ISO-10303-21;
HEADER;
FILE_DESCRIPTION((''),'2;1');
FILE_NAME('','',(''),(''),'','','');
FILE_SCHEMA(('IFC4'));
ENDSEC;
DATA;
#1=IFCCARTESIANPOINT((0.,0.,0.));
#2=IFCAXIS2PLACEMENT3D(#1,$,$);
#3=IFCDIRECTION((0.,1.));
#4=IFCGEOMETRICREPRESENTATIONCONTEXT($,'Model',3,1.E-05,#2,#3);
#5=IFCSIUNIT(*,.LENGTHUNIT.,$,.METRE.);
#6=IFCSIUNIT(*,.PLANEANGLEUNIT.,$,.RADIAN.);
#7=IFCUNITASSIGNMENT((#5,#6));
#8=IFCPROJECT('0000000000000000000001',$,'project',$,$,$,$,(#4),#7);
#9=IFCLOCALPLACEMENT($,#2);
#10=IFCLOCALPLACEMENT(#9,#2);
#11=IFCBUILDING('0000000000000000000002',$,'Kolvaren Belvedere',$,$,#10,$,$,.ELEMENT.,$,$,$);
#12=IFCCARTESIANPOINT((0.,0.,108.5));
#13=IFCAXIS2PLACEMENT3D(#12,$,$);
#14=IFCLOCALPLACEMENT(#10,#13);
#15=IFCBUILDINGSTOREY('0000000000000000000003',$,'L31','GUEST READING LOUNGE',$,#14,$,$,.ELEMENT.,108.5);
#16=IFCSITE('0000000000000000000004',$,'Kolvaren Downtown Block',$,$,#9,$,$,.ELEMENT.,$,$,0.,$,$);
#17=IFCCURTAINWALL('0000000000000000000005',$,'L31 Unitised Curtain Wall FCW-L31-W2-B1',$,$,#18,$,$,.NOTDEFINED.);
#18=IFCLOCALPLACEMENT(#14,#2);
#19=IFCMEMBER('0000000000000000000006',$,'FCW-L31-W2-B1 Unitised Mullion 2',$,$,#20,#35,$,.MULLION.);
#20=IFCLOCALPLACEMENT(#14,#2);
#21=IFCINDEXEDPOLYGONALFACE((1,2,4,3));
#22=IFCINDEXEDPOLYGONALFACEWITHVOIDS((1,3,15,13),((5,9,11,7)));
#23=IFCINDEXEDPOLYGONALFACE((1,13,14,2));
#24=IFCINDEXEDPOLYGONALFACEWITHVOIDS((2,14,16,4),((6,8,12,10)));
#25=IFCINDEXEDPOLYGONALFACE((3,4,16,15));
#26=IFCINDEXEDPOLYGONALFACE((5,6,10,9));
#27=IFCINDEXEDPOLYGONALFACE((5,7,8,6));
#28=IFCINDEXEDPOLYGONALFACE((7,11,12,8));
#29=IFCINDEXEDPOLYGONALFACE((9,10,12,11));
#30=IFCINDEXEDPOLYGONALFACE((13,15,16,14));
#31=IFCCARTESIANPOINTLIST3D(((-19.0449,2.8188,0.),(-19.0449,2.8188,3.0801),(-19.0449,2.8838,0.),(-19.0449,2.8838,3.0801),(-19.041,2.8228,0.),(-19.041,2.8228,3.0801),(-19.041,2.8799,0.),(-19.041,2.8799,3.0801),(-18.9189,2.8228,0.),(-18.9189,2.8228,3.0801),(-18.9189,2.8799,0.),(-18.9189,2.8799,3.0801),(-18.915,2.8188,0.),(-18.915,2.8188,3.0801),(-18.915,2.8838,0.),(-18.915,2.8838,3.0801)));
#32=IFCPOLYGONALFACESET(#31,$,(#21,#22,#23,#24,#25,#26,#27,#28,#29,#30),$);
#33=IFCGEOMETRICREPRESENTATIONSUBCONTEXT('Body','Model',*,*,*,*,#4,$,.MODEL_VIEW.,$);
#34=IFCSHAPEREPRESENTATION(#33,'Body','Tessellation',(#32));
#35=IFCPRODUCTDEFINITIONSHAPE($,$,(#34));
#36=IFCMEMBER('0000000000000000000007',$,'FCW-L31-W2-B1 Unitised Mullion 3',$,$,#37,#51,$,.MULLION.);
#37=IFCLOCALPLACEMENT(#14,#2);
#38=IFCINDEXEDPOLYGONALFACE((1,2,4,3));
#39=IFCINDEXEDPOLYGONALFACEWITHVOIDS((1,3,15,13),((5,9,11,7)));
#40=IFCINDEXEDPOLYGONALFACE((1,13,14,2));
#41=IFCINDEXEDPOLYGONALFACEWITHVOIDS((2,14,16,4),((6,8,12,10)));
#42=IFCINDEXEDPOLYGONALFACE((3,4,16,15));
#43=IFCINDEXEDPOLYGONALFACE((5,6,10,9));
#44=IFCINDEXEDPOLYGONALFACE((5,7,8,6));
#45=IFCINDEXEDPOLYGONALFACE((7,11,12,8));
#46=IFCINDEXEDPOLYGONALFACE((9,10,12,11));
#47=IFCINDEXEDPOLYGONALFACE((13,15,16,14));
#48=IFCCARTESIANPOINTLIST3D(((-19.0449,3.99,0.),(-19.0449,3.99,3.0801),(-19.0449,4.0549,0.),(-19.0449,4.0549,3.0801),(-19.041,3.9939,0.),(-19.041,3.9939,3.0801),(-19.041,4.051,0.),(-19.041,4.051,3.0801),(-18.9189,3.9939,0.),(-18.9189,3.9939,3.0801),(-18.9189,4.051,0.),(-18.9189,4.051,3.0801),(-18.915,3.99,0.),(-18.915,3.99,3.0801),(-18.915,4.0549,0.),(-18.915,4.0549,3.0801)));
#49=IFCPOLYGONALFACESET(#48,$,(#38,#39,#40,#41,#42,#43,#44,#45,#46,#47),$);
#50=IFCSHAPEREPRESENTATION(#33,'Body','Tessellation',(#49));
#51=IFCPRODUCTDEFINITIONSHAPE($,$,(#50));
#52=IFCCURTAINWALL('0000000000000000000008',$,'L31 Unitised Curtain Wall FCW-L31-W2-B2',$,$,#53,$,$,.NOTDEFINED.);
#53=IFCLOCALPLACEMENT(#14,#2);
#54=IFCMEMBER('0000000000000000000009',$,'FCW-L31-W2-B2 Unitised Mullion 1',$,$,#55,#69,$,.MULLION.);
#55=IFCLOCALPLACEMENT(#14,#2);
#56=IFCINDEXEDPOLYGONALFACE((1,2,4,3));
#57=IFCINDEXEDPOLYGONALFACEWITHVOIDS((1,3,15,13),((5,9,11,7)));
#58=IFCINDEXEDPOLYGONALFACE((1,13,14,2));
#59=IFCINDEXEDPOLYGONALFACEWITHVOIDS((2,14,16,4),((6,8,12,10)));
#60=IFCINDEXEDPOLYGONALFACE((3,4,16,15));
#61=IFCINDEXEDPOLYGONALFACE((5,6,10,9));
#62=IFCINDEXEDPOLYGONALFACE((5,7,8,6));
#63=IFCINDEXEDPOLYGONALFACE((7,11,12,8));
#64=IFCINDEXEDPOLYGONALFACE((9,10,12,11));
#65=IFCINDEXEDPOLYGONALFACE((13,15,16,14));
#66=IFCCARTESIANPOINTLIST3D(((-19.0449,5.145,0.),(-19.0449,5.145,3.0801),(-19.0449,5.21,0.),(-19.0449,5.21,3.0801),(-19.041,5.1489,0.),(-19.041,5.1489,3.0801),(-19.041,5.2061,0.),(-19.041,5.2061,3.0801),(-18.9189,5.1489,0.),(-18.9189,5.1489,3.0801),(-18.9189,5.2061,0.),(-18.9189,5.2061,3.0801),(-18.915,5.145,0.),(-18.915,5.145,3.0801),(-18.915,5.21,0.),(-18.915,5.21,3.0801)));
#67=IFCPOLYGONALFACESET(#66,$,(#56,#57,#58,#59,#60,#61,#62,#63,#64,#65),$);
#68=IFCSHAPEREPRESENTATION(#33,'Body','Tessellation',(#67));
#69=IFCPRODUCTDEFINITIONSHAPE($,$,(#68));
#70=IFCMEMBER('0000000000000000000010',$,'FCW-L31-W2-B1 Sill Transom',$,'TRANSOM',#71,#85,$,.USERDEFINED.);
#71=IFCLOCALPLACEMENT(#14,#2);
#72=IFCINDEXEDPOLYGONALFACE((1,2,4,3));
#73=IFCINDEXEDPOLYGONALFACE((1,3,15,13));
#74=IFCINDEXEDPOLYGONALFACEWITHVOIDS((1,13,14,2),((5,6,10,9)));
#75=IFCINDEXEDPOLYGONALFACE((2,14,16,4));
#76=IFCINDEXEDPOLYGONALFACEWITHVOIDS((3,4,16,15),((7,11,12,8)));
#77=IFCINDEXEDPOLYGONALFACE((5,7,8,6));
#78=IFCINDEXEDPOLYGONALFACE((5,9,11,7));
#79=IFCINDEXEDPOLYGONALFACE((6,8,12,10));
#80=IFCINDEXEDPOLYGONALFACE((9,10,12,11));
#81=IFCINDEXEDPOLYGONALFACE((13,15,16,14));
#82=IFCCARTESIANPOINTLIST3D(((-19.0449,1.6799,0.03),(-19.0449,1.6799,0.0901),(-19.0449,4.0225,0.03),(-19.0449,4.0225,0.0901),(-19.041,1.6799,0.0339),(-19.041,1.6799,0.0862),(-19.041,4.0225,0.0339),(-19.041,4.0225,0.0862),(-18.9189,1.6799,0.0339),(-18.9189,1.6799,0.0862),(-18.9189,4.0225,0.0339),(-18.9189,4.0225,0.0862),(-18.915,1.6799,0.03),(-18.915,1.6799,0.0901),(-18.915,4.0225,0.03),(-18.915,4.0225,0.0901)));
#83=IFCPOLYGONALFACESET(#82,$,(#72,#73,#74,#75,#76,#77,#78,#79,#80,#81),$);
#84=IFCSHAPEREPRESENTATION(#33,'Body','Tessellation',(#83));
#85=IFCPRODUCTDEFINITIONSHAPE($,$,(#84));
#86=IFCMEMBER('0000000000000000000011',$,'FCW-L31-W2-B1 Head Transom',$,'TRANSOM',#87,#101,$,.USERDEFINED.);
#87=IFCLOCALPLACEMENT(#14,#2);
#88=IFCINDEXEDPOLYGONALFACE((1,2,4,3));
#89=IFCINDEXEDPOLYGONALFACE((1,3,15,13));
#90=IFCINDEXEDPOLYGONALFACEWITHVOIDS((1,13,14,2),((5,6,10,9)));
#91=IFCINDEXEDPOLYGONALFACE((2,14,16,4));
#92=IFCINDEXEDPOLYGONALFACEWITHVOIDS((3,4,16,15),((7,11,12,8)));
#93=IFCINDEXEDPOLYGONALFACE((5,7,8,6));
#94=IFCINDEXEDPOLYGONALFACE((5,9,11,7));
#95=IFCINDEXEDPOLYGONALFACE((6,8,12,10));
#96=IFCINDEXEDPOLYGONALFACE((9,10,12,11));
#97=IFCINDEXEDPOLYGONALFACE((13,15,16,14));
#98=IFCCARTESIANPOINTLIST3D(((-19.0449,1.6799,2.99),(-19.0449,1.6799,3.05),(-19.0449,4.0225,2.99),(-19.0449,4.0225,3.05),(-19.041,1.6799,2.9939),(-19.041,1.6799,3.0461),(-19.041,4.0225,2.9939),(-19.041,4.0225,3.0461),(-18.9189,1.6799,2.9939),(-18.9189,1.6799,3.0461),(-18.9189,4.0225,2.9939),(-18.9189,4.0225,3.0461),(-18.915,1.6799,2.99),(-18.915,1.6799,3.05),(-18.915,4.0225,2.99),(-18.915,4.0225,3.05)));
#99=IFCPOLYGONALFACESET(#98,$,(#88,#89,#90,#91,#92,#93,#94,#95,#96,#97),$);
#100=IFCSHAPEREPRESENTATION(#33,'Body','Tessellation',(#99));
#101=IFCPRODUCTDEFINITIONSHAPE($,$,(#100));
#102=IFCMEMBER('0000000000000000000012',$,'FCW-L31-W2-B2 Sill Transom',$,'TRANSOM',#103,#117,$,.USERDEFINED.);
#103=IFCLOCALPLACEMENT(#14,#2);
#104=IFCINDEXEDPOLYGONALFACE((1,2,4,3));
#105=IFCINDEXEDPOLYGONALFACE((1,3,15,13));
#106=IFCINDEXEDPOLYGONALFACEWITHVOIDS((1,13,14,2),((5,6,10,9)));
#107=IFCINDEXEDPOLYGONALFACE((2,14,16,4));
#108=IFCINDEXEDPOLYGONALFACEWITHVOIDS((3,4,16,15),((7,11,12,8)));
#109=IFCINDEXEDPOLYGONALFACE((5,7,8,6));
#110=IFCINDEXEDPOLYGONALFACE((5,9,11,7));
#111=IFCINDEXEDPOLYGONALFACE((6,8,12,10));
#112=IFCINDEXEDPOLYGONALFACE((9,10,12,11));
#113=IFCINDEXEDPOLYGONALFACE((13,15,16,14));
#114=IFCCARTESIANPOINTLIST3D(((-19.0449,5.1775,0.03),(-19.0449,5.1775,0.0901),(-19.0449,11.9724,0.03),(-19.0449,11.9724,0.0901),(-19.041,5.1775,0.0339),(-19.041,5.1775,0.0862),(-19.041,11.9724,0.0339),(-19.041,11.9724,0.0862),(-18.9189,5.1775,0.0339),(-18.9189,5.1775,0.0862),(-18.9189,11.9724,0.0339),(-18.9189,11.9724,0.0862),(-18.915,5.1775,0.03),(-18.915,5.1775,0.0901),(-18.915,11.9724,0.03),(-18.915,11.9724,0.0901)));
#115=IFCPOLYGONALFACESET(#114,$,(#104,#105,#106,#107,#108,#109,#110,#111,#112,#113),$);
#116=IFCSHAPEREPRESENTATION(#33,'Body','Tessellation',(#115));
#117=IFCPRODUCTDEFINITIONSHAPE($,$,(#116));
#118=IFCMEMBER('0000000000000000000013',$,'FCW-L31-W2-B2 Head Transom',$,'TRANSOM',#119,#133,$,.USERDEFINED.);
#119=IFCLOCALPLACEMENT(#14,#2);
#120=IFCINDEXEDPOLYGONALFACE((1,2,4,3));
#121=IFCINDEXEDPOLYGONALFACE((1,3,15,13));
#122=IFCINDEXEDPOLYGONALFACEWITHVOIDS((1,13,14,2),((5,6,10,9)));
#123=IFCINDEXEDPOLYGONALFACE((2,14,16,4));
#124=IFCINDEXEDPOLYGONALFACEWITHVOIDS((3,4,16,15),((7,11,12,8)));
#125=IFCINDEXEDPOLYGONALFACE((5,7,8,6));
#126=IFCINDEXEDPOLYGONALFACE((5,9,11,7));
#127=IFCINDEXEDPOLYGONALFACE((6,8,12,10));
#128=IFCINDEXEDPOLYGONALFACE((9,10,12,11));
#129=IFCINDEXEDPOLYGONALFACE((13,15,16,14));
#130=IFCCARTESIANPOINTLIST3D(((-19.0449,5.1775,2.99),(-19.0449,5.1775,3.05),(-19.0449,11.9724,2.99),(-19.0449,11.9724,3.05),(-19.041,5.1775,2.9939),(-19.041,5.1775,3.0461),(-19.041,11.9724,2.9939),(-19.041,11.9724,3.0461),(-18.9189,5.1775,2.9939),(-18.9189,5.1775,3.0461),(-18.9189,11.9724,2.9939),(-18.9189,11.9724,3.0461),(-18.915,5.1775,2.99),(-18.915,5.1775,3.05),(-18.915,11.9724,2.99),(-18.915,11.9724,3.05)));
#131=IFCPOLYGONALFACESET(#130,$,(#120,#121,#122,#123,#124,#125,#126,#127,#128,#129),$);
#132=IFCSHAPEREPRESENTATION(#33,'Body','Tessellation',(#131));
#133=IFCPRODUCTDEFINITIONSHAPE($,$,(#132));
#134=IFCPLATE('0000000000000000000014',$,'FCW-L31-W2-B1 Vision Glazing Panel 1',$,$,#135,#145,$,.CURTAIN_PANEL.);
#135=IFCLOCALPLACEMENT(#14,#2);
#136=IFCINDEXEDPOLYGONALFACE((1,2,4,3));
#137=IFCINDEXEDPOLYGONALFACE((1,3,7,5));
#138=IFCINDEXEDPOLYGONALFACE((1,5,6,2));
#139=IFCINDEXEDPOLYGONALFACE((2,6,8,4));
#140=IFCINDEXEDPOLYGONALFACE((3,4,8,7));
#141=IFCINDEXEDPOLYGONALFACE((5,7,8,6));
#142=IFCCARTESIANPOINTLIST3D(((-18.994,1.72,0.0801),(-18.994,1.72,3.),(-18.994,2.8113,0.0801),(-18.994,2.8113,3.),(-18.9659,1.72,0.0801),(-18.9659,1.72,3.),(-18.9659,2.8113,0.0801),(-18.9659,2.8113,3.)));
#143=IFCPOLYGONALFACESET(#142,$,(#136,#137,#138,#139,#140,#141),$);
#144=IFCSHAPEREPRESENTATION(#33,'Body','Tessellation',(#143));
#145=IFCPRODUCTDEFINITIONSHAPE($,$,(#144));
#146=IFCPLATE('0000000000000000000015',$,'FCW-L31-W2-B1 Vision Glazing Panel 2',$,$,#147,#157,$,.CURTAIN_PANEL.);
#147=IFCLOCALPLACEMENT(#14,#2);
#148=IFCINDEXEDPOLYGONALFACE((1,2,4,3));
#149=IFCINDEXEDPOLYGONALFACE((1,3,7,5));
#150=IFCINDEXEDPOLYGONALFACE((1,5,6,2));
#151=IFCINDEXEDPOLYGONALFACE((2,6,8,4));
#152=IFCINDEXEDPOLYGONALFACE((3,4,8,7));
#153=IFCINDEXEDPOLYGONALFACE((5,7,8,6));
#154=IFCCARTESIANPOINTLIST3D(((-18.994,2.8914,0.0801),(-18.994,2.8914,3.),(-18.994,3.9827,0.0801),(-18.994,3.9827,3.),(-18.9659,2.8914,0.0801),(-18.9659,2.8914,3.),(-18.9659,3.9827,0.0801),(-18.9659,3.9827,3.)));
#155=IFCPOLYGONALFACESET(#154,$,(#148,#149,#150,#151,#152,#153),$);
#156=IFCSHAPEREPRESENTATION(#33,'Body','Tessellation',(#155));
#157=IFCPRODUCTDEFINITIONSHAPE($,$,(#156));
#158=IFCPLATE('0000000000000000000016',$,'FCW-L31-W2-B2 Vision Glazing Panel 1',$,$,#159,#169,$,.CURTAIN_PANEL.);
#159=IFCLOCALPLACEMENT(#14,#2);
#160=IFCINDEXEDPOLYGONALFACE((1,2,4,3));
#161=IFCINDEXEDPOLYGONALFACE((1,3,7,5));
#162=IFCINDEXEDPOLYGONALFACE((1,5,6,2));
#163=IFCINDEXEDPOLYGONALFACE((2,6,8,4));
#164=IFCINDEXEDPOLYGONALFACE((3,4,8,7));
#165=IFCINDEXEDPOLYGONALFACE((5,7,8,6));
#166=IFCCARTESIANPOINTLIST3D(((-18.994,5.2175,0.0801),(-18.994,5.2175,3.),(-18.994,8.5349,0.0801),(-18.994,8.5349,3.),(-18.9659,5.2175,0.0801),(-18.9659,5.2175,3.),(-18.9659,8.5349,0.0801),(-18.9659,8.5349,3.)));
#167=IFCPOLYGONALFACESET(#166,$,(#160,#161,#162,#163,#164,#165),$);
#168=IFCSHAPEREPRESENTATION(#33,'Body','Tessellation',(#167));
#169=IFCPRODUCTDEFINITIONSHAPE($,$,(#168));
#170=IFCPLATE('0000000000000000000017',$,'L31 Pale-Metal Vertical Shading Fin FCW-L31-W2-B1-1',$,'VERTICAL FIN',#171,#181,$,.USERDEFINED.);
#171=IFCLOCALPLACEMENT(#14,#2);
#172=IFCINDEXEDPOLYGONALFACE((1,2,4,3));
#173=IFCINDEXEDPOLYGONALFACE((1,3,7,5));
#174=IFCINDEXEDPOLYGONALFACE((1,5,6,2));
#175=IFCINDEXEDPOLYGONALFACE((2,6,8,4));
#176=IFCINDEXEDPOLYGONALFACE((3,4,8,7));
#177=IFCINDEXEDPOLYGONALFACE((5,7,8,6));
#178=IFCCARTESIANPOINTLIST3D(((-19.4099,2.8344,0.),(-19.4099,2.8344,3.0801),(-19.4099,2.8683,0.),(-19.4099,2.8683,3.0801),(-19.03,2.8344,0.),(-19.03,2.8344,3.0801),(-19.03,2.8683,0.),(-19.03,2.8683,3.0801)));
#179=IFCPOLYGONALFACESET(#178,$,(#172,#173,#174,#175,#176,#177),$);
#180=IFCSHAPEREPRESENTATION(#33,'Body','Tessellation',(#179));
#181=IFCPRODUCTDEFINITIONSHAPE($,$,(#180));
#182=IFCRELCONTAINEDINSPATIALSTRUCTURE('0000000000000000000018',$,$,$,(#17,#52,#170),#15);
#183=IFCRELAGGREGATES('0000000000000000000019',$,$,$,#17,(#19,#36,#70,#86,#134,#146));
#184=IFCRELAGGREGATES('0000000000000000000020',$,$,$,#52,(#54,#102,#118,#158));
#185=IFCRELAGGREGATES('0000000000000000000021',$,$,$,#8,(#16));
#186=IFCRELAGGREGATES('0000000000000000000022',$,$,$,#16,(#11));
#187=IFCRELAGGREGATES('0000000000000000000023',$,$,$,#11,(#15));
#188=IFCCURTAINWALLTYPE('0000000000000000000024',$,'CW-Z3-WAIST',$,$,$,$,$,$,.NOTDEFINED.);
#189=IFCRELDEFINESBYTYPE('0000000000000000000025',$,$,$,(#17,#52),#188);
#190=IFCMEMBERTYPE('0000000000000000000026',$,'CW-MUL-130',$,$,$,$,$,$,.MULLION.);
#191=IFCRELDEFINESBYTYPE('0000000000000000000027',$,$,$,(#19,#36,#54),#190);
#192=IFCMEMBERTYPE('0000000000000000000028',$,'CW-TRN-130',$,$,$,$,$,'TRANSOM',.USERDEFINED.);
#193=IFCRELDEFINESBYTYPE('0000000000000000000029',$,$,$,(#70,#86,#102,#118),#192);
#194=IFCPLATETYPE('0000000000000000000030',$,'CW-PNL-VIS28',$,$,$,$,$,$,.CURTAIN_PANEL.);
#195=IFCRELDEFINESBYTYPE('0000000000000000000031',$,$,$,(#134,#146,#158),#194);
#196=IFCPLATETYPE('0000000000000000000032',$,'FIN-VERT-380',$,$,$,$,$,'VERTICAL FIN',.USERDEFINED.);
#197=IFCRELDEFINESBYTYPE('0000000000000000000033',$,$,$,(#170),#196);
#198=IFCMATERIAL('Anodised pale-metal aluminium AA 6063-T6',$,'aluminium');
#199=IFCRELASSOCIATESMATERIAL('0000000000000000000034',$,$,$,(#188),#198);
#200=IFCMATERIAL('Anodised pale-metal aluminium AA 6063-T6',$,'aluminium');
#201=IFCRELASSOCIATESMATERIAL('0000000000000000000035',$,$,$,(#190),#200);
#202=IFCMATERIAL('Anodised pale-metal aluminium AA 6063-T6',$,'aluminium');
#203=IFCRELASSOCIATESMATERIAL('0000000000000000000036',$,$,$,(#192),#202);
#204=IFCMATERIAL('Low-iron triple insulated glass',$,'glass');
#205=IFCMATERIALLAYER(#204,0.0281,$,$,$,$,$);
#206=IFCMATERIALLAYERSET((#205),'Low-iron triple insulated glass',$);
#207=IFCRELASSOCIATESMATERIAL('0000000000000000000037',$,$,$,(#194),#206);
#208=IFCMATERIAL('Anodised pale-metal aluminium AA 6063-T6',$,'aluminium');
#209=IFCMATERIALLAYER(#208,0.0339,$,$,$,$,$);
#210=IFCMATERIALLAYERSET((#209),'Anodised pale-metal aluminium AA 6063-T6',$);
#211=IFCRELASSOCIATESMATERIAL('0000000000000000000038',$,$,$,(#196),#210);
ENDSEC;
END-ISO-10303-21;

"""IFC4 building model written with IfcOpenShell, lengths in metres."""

from ifc_helpers import new_model, si_unit, direction, frame, origin, origin_2d, place, context, subcontext, project, spatial, rectangle, hollow_rectangle, extrude, material, layer, layer_set, material_profile, profile_set, type_object, element, aggregate, save


model = new_model("IFC4")

# Units and contexts
model_context = context("Model", 3, precision=1e-05, world=origin(), true_north=direction((0.0, 1.0)))
body_context = subcontext(model_context, "Body", "Model", "MODEL_VIEW")
ifc_project = project(units=[si_unit("LENGTHUNIT", "METRE"), si_unit("PLANEANGLEUNIT", "RADIAN")], contexts=[model_context])

# Site, building, storey
site_placement = place(None, origin())
site = spatial("IfcSite", under=ifc_project, at=site_placement, Name="Kolvaren Downtown Block", CompositionType="ELEMENT", RefElevation=0.0)
building_placement = place(site_placement, origin())
building = spatial("IfcBuilding", under=site, at=building_placement, Name="Kolvaren Belvedere", CompositionType="ELEMENT")
storey_placement = place(building_placement, frame((0.0, 0.0, 108.5)))
storey = spatial("IfcBuildingStorey", under=building, at=storey_placement, Name="L31", Description="GUEST READING LOUNGE", CompositionType="ELEMENT", Elevation=108.5)

# Curtain wall, members
ifc_material_1 = material(Name="Anodised pale-metal aluminium AA 6063-T6", Category="aluminium")
curtain_wall_type = type_object("IfcCurtainWallType", Name="CW-Z3-WAIST", PredefinedType="NOTDEFINED", material=ifc_material_1)
curtain_wall_1_placement = place(storey_placement, origin())
curtain_wall_1 = element("IfcCurtainWall", 1, at=curtain_wall_1_placement, inside=storey, type_object=curtain_wall_type, Name="L31 Unitised Curtain Wall FCW-L31-W2-B1", PredefinedType="NOTDEFINED")
ifc_material_2 = material(Name="Anodised pale-metal aluminium AA 6063-T6", Category="aluminium")
ifc_material_profile_1 = material_profile(ifc_material_2, hollow_rectangle(XDim=0.0649, YDim=0.1299, WallThickness=0.0039, at=origin_2d()), Name="ALU-MUL-130X65")
ifc_profile_set_1 = profile_set([ifc_material_profile_1], Name="Anodised pale-metal aluminium AA 6063-T6")
member_type_1 = type_object("IfcMemberType", Name="CW-MUL-130", PredefinedType="MULLION", material=ifc_profile_set_1)
member_1_placement = place(storey_placement, frame((-18.98, 2.8513, 0.0), z_axis=(0.0, 0.0, 1.0), x_axis=(0.0, 1.0, 0.0)))
member_1 = element("IfcMember", 2, at=member_1_placement, type_object=member_type_1, Name="FCW-L31-W2-B1 Unitised Mullion 2", PredefinedType="MULLION", context=body_context, shape_type="SweptSolid", body=[
    extrude(hollow_rectangle(XDim=0.0649, YDim=0.1299, WallThickness=0.0039, at=origin_2d()), origin(), (0.0, 0.0, 1.0), 3.0801),
])
member_2_placement = place(storey_placement, frame((-18.98, 4.0225, 0.0), z_axis=(0.0, 0.0, 1.0), x_axis=(0.0, 1.0, 0.0)))
member_2 = element("IfcMember", 3, at=member_2_placement, type_object=member_type_1, Name="FCW-L31-W2-B1 Unitised Mullion 3", PredefinedType="MULLION", context=body_context, shape_type="SweptSolid", body=[
    extrude(hollow_rectangle(XDim=0.0649, YDim=0.1299, WallThickness=0.0039, at=origin_2d()), origin(), (0.0, 0.0, 1.0), 3.0801),
])

# Curtain wall, member
curtain_wall_2_placement = place(storey_placement, origin())
curtain_wall_2 = element("IfcCurtainWall", 4, at=curtain_wall_2_placement, inside=storey, type_object=curtain_wall_type, Name="L31 Unitised Curtain Wall FCW-L31-W2-B2", PredefinedType="NOTDEFINED")
member_3_placement = place(storey_placement, frame((-18.98, 5.1775, 0.0), z_axis=(0.0, 0.0, 1.0), x_axis=(0.0, 1.0, 0.0)))
member_3 = element("IfcMember", 5, at=member_3_placement, type_object=member_type_1, Name="FCW-L31-W2-B2 Unitised Mullion 1", PredefinedType="MULLION", context=body_context, shape_type="SweptSolid", body=[
    extrude(hollow_rectangle(XDim=0.0649, YDim=0.1299, WallThickness=0.0039, at=origin_2d()), origin(), (0.0, 0.0, 1.0), 3.0801),
])

# Members
ifc_material_3 = material(Name="Anodised pale-metal aluminium AA 6063-T6", Category="aluminium")
ifc_material_profile_2 = material_profile(ifc_material_3, hollow_rectangle(XDim=0.0601, YDim=0.1299, WallThickness=0.0039, at=origin_2d()), Name="ALU-TRN-130X60")
ifc_profile_set_2 = profile_set([ifc_material_profile_2], Name="Anodised pale-metal aluminium AA 6063-T6")
member_type_2 = type_object("IfcMemberType", Name="CW-TRN-130", ElementType="TRANSOM", PredefinedType="USERDEFINED", material=ifc_profile_set_2)
member_4_placement = place(storey_placement, frame((-18.98, 1.6799, 0.0601), z_axis=(0.0, 1.0, 0.0), x_axis=(0.0, 0.0, 1.0)))
member_4 = element("IfcMember", 6, at=member_4_placement, type_object=member_type_2, Name="FCW-L31-W2-B1 Sill Transom", ObjectType="TRANSOM", PredefinedType="USERDEFINED", context=body_context, shape_type="SweptSolid", body=[
    extrude(hollow_rectangle(XDim=0.0601, YDim=0.1299, WallThickness=0.0039, at=origin_2d()), origin(), (0.0, 0.0, 1.0), 2.3425),
])
member_5_placement = place(storey_placement, frame((-18.98, 1.6799, 3.02), z_axis=(0.0, 1.0, 0.0), x_axis=(0.0, 0.0, 1.0)))
member_5 = element("IfcMember", 7, at=member_5_placement, type_object=member_type_2, Name="FCW-L31-W2-B1 Head Transom", ObjectType="TRANSOM", PredefinedType="USERDEFINED", context=body_context, shape_type="SweptSolid", body=[
    extrude(hollow_rectangle(XDim=0.0601, YDim=0.1299, WallThickness=0.0039, at=origin_2d()), origin(), (0.0, 0.0, 1.0), 2.3425),
])
member_6_placement = place(storey_placement, frame((-18.98, 5.1775, 0.0601), z_axis=(0.0, 1.0, 0.0), x_axis=(0.0, 0.0, 1.0)))
member_6 = element("IfcMember", 8, at=member_6_placement, type_object=member_type_2, Name="FCW-L31-W2-B2 Sill Transom", ObjectType="TRANSOM", PredefinedType="USERDEFINED", context=body_context, shape_type="SweptSolid", body=[
    extrude(hollow_rectangle(XDim=0.0601, YDim=0.1299, WallThickness=0.0039, at=origin_2d()), origin(), (0.0, 0.0, 1.0), 6.7949),
])
member_7_placement = place(storey_placement, frame((-18.98, 5.1775, 3.02), z_axis=(0.0, 1.0, 0.0), x_axis=(0.0, 0.0, 1.0)))
member_7 = element("IfcMember", 9, at=member_7_placement, type_object=member_type_2, Name="FCW-L31-W2-B2 Head Transom", ObjectType="TRANSOM", PredefinedType="USERDEFINED", context=body_context, shape_type="SweptSolid", body=[
    extrude(hollow_rectangle(XDim=0.0601, YDim=0.1299, WallThickness=0.0039, at=origin_2d()), origin(), (0.0, 0.0, 1.0), 6.7949),
])

# Plates
ifc_material_4 = material(Name="Low-iron triple insulated glass", Category="glass")
ifc_layer_1 = layer(ifc_material_4, 0.0281)
ifc_layer_set_1 = layer_set([ifc_layer_1], Name="Low-iron triple insulated glass")
plate_type_1 = type_object("IfcPlateType", Name="CW-PNL-VIS28", PredefinedType="CURTAIN_PANEL", material=ifc_layer_set_1)
plate_1_placement = place(storey_placement, frame((-18.98, 2.2656, 0.0801), z_axis=(0.0, 0.0, 1.0), x_axis=(0.0, 1.0, 0.0)))
plate_1 = element("IfcPlate", 10, at=plate_1_placement, type_object=plate_type_1, Name="FCW-L31-W2-B1 Vision Glazing Panel 1", PredefinedType="CURTAIN_PANEL", context=body_context, shape_type="SweptSolid", body=[
    extrude(rectangle(XDim=1.0913, YDim=0.0281, at=origin_2d()), origin(), (0.0, 0.0, 1.0), 2.9199),
])
plate_2_placement = place(storey_placement, frame((-18.98, 3.437, 0.0801), z_axis=(0.0, 0.0, 1.0), x_axis=(0.0, 1.0, 0.0)))
plate_2 = element("IfcPlate", 11, at=plate_2_placement, type_object=plate_type_1, Name="FCW-L31-W2-B1 Vision Glazing Panel 2", PredefinedType="CURTAIN_PANEL", context=body_context, shape_type="SweptSolid", body=[
    extrude(rectangle(XDim=1.0913, YDim=0.0281, at=origin_2d()), origin(), (0.0, 0.0, 1.0), 2.9199),
])
aggregate(curtain_wall_1, [member_1, member_2, member_4, member_5, plate_1, plate_2])
plate_3_placement = place(storey_placement, frame((-18.98, 6.8762, 0.0801), z_axis=(0.0, 0.0, 1.0), x_axis=(0.0, 1.0, 0.0)))
plate_3 = element("IfcPlate", 12, at=plate_3_placement, type_object=plate_type_1, Name="FCW-L31-W2-B2 Vision Glazing Panel 1", PredefinedType="CURTAIN_PANEL", context=body_context, shape_type="SweptSolid", body=[
    extrude(rectangle(XDim=3.3174, YDim=0.0281, at=origin_2d()), origin(), (0.0, 0.0, 1.0), 2.9199),
])
aggregate(curtain_wall_2, [member_3, member_6, member_7, plate_3])
ifc_material_5 = material(Name="Anodised pale-metal aluminium AA 6063-T6", Category="aluminium")
ifc_layer_2 = layer(ifc_material_5, 0.0339)
ifc_layer_set_2 = layer_set([ifc_layer_2], Name="Anodised pale-metal aluminium AA 6063-T6")
plate_type_2 = type_object("IfcPlateType", Name="FIN-VERT-380", ElementType="VERTICAL FIN", PredefinedType="USERDEFINED", material=ifc_layer_set_2)
plate_4_placement = place(storey_placement, frame((-19.22, 2.8513, 0.0), z_axis=(0.0, 0.0, 1.0), x_axis=(1.0, 0.0, 0.0)))
element("IfcPlate", 13, at=plate_4_placement, inside=storey, type_object=plate_type_2, Name="L31 Pale-Metal Vertical Shading Fin FCW-L31-W2-B1-1", ObjectType="VERTICAL FIN", PredefinedType="USERDEFINED", context=body_context, shape_type="SweptSolid", body=[
    extrude(rectangle(XDim=0.3799, YDim=0.0339, at=origin_2d()), origin(), (0.0, 0.0, 1.0), 3.0801),
])

save(model, "model.ifc")
